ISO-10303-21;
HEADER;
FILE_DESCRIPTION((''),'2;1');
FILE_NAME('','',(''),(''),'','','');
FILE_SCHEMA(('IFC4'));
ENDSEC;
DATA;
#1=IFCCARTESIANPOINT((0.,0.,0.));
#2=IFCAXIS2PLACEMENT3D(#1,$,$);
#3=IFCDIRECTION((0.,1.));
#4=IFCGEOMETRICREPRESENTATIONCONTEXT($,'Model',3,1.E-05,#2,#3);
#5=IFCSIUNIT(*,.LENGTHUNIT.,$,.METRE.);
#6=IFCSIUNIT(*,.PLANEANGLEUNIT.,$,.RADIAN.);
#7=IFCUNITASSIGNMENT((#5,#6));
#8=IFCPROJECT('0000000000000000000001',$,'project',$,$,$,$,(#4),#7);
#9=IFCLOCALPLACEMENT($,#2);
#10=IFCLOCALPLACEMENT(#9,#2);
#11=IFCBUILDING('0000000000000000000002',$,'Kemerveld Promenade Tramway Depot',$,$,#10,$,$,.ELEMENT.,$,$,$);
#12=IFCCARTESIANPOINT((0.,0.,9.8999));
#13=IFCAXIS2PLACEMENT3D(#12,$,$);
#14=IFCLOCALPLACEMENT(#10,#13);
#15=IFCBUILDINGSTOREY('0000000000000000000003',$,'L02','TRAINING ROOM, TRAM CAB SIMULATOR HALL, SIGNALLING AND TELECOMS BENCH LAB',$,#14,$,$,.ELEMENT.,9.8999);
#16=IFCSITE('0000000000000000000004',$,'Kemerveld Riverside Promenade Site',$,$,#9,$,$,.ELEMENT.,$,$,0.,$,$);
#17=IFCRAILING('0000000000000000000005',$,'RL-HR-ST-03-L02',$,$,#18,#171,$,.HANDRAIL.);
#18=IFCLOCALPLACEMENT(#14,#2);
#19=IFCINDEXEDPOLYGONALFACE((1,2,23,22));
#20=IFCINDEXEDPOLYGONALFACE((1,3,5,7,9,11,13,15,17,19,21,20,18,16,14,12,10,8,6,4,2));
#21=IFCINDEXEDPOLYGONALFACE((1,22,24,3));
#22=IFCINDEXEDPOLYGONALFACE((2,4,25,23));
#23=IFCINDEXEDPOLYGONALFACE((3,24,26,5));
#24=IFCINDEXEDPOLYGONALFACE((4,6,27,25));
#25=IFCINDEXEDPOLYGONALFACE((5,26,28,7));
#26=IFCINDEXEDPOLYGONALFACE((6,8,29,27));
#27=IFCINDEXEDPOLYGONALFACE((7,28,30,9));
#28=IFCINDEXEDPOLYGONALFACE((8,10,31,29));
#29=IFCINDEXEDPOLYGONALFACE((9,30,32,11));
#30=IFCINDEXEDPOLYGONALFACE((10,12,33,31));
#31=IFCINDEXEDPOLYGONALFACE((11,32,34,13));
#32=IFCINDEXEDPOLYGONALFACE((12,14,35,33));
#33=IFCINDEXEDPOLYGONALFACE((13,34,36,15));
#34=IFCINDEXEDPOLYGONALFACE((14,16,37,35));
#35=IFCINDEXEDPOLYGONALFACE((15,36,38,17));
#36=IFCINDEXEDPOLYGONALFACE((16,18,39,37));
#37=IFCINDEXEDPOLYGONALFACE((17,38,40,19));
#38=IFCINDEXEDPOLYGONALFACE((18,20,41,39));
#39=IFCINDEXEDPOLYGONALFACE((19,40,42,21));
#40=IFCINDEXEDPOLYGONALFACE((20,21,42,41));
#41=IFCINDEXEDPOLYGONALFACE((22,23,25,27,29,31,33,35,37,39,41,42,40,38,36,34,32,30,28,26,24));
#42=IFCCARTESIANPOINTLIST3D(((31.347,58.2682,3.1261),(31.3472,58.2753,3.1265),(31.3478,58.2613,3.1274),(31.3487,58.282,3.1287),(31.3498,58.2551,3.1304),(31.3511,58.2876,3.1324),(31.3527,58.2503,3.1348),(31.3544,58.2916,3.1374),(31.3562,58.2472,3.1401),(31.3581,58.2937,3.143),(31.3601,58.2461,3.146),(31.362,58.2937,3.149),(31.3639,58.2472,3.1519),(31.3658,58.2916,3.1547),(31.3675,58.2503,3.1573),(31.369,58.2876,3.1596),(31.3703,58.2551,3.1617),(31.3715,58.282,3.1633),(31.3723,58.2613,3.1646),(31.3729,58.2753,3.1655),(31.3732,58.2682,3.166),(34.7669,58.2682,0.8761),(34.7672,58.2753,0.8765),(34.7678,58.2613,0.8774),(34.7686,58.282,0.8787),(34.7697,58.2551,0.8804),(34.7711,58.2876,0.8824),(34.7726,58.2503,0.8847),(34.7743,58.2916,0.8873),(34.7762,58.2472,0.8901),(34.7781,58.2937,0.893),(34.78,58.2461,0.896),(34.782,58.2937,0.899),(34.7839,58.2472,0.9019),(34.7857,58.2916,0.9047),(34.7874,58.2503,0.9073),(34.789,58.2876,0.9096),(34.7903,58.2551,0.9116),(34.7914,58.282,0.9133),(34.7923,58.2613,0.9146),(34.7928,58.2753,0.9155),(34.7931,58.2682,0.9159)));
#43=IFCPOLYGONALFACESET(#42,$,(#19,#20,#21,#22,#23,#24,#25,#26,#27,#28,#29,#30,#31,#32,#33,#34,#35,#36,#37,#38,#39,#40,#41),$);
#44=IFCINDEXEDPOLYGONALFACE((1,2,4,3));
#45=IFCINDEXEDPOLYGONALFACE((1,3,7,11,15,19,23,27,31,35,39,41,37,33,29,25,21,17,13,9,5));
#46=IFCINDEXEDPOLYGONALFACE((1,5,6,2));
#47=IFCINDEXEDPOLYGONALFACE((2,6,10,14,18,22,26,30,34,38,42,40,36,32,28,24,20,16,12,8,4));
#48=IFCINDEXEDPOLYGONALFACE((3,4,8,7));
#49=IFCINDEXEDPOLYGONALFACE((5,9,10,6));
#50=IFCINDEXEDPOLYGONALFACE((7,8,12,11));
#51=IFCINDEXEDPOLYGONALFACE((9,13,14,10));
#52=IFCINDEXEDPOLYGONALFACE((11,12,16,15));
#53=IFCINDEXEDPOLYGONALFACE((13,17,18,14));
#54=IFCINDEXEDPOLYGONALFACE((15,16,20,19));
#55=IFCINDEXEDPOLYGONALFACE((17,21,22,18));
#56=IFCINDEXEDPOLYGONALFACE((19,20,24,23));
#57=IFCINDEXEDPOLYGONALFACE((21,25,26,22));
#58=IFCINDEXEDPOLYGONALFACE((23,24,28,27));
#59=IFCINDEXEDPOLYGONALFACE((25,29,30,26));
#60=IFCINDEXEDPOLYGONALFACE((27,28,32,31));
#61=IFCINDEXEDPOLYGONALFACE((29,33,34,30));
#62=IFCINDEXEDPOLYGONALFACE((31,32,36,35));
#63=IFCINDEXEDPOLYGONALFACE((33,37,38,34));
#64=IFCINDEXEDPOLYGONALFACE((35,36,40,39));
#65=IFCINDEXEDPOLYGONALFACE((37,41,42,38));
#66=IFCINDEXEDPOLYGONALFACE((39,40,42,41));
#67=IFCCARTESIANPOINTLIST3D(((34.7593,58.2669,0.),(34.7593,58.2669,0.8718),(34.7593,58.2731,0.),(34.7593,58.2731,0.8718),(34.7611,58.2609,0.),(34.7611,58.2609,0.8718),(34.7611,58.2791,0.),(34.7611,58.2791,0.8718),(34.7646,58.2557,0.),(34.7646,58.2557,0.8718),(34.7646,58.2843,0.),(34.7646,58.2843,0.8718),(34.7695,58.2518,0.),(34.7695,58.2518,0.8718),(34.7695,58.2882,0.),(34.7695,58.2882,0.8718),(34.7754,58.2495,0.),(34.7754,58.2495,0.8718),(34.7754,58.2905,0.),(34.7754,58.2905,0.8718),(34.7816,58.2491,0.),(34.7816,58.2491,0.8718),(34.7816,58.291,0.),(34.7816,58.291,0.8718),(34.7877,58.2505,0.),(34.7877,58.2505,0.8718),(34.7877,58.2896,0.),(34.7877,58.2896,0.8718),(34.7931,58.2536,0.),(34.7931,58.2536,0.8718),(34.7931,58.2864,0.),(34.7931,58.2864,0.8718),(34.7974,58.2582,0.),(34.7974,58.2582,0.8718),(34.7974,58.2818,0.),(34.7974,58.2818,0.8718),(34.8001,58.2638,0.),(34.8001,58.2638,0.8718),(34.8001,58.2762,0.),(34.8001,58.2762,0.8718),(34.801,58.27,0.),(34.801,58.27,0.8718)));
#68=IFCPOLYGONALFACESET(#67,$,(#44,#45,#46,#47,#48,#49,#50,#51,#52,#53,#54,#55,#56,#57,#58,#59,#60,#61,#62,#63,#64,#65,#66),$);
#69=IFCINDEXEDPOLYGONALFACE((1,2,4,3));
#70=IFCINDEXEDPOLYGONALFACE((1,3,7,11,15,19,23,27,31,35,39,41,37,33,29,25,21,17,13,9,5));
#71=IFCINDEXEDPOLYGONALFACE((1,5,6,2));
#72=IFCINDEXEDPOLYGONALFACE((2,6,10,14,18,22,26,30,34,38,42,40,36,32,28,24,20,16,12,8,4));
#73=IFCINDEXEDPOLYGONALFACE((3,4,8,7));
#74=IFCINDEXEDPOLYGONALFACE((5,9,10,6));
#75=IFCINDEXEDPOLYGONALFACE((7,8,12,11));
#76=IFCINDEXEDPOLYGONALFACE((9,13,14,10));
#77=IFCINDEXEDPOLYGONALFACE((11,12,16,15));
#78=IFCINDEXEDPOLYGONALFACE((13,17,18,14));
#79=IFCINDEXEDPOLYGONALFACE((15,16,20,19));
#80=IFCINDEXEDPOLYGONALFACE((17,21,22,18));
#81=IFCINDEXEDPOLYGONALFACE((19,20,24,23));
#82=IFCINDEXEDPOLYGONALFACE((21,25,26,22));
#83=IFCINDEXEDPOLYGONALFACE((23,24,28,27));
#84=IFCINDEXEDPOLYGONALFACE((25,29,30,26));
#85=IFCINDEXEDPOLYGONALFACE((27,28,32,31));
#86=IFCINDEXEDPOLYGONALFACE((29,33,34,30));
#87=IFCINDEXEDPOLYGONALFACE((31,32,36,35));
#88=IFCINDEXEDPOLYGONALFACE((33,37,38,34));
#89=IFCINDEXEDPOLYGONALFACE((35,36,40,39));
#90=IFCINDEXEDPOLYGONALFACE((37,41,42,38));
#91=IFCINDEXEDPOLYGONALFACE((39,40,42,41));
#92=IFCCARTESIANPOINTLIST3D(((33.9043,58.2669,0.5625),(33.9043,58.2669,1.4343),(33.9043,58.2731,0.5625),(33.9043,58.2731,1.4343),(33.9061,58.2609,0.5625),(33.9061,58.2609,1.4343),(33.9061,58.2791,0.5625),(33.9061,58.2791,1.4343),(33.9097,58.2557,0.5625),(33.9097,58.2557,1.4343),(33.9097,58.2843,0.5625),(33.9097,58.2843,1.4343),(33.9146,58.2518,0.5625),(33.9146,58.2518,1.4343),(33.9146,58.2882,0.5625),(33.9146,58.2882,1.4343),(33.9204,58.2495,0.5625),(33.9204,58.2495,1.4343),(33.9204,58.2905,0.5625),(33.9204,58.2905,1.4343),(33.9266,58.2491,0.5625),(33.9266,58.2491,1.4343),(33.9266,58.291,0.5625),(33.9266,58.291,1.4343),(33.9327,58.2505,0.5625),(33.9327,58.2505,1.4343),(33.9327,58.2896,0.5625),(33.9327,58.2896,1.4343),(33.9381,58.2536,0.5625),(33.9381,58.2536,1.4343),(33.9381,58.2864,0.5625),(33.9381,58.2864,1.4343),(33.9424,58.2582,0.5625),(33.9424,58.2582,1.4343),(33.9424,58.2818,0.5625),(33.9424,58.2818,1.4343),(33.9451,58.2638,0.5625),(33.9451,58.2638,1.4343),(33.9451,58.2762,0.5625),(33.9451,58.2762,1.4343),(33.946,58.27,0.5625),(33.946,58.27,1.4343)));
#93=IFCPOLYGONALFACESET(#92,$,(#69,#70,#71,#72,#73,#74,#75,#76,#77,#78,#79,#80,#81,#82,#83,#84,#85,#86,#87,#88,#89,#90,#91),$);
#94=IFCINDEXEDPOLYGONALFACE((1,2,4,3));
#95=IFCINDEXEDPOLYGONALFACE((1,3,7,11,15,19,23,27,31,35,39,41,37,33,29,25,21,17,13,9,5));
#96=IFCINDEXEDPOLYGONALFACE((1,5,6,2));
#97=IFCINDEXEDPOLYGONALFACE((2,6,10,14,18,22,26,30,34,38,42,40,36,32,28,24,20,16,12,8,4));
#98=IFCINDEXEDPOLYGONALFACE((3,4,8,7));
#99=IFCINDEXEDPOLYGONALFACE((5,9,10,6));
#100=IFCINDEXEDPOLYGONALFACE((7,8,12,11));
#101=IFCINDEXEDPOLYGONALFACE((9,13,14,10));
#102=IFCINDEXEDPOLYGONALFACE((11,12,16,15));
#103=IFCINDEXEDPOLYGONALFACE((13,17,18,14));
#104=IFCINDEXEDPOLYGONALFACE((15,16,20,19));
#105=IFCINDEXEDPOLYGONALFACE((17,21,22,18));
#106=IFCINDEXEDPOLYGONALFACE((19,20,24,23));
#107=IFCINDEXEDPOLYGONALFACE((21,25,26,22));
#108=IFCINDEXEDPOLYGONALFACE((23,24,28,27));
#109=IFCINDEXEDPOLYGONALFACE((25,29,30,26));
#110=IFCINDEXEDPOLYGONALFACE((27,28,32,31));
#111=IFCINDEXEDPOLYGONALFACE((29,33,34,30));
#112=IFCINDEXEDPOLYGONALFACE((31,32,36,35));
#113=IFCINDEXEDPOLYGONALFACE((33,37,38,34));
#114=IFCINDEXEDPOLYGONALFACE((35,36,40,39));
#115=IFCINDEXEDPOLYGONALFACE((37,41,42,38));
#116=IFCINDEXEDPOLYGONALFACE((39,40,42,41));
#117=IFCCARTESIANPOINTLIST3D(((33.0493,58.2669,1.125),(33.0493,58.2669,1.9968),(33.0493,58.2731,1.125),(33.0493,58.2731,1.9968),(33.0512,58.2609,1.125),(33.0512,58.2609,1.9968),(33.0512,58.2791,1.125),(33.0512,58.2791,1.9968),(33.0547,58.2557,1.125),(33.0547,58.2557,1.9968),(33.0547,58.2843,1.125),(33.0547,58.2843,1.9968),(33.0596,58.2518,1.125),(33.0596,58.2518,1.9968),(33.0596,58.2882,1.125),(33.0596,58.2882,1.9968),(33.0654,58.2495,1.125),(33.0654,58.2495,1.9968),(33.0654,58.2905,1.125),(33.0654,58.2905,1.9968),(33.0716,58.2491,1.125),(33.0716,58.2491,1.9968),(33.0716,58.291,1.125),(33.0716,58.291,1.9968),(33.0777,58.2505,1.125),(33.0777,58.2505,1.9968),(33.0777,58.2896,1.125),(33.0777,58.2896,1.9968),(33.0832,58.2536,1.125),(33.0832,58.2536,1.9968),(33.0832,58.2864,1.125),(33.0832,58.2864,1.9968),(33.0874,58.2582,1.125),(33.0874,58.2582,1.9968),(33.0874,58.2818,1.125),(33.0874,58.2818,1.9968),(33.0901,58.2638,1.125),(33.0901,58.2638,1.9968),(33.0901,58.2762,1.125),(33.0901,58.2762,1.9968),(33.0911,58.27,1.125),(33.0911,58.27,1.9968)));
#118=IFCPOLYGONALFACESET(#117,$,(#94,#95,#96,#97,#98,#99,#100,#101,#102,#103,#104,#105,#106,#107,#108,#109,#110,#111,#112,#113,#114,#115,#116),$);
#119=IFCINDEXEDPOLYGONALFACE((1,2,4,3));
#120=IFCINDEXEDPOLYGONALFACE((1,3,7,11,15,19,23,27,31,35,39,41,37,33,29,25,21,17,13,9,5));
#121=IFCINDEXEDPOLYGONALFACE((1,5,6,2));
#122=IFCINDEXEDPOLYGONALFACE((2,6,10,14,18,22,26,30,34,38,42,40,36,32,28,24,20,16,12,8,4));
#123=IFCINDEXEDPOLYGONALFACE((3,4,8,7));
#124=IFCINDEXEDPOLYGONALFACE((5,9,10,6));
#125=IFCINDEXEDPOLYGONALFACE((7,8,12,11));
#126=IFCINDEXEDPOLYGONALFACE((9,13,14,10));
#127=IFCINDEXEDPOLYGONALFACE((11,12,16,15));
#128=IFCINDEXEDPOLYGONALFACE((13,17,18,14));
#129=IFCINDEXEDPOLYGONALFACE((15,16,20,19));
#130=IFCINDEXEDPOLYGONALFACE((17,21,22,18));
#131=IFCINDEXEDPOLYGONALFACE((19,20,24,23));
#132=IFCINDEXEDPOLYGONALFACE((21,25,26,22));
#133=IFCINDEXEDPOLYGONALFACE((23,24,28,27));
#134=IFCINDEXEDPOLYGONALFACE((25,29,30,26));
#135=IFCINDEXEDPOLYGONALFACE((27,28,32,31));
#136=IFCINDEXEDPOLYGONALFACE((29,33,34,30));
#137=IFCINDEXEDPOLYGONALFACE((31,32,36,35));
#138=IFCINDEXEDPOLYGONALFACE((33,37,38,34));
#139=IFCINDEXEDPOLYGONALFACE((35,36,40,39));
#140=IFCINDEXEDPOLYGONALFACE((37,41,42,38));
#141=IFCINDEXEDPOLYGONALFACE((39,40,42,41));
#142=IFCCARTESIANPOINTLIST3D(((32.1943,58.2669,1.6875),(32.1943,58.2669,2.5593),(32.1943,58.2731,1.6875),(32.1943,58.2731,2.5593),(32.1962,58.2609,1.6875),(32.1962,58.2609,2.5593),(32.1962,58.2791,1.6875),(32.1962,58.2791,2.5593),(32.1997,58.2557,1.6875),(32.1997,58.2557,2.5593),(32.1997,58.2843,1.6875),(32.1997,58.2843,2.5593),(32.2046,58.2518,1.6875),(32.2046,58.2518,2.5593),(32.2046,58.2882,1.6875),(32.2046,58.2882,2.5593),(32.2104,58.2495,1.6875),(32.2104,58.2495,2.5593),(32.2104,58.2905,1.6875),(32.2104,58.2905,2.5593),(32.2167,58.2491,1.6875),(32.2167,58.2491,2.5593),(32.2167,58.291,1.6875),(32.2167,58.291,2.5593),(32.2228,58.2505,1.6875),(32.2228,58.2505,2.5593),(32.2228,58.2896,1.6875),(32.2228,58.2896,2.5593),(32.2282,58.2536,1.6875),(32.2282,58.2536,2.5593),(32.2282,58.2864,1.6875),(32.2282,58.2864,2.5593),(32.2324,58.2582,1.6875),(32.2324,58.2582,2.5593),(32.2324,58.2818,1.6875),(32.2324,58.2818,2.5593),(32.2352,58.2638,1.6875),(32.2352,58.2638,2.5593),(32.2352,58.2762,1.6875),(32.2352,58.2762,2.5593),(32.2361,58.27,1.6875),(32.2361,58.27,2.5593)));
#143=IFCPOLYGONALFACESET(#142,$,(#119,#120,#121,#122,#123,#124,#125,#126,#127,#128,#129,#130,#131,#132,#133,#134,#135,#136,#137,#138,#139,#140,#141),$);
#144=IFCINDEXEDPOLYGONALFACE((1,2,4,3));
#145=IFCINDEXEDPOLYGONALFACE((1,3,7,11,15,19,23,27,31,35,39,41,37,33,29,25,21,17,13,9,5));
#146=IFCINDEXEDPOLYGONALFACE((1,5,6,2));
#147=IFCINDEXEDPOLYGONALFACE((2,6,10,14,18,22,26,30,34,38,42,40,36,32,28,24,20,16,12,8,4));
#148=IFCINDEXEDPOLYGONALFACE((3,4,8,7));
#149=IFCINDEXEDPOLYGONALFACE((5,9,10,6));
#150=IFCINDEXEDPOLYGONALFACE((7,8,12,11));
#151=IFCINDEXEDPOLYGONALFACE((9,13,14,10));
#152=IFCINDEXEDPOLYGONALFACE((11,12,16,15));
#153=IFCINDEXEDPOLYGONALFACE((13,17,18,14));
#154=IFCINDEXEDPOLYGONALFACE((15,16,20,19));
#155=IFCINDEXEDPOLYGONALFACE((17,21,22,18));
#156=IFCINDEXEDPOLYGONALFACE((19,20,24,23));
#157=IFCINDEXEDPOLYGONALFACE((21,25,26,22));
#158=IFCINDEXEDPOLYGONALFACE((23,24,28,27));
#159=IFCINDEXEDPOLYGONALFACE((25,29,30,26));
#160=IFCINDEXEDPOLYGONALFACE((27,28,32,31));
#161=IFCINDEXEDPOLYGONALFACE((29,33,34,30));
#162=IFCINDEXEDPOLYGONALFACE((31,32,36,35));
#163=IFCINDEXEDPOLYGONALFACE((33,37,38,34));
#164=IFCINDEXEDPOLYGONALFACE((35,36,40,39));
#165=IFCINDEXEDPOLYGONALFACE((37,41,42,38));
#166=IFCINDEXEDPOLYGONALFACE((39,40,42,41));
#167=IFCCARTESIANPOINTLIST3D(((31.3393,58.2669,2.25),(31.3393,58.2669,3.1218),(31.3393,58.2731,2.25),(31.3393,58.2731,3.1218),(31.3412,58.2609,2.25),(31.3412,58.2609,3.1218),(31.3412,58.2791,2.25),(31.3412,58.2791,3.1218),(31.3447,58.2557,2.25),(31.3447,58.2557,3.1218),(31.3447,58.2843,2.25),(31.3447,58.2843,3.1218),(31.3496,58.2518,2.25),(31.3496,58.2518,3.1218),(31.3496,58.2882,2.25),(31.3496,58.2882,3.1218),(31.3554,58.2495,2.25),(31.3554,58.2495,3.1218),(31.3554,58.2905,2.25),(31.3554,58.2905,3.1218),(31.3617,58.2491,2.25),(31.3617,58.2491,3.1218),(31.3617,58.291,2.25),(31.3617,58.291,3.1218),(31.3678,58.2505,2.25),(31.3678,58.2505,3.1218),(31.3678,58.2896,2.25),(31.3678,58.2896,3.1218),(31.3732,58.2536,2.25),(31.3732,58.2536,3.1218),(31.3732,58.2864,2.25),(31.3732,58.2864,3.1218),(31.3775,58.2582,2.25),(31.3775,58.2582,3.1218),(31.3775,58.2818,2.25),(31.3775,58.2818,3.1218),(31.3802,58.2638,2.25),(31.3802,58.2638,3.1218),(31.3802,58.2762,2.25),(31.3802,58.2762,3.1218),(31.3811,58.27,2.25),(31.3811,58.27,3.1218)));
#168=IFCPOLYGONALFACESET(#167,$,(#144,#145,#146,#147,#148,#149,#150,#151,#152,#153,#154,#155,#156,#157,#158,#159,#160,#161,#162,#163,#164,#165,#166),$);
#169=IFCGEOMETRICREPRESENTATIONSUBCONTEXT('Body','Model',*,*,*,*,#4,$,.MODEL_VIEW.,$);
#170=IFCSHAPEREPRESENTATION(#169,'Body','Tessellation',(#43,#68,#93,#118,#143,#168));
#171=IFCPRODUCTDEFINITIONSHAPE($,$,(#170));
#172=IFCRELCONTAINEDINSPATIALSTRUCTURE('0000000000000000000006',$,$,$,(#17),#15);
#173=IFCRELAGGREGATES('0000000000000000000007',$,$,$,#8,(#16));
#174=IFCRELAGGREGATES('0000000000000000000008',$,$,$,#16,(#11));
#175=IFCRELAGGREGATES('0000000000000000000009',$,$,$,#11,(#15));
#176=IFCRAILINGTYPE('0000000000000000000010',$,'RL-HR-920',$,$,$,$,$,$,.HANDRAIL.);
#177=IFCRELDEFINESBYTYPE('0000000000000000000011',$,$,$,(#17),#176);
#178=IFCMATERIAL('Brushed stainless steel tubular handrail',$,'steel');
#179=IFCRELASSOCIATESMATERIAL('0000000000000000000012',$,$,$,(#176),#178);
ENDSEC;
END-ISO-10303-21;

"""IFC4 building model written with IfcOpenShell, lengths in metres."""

from ifc_helpers import new_model, si_unit, direction, frame, origin, origin_2d, place, context, subcontext, project, spatial, circle, extrude, material, type_object, element, save


model = new_model("IFC4")

# Units and contexts
model_context = context("Model", 3, precision=1e-05, world=origin(), true_north=direction((0.0, 1.0)))
body_context = subcontext(model_context, "Body", "Model", "MODEL_VIEW")
ifc_project = project(units=[si_unit("LENGTHUNIT", "METRE"), si_unit("PLANEANGLEUNIT", "RADIAN")], contexts=[model_context])

# Site, building, storey
site_placement = place(None, origin())
site = spatial("IfcSite", under=ifc_project, at=site_placement, Name="Kemerveld Riverside Promenade Site", CompositionType="ELEMENT", RefElevation=0.0)
building_placement = place(site_placement, origin())
building = spatial("IfcBuilding", under=site, at=building_placement, Name="Kemerveld Promenade Tramway Depot", CompositionType="ELEMENT")
storey_placement = place(building_placement, frame((0.0, 0.0, 9.8999)))
storey = spatial("IfcBuildingStorey", under=building, at=storey_placement, Name="L02", Description="TRAINING ROOM, TRAM CAB SIMULATOR HALL, SIGNALLING AND TELECOMS BENCH LAB", CompositionType="ELEMENT", Elevation=9.8999)

# Railing
ifc_material_1 = material(Name="Brushed stainless steel tubular handrail", Category="steel")
railing_type_1 = type_object("IfcRailingType", Name="RL-HR-920", PredefinedType="HANDRAIL", material=ifc_material_1)
railing_1_placement = place(storey_placement, frame((34.78, 58.27, 0.0)))
element("IfcRailing", 1, at=railing_1_placement, inside=storey, type_object=railing_type_1, Name="RL-HR-ST-03-L02", PredefinedType="HANDRAIL", context=body_context, shape_type="SweptSolid", body=[
    extrude(circle(Radius=0.0239, at=origin_2d()), frame((0.0, 0.0, 0.896), z_axis=(-0.835411, 0.0, 0.549625), x_axis=(0.0, -1.0, 0.0)), (0.0, 0.0, 1.0), 4.0938),
    extrude(circle(Radius=0.021, at=origin_2d()), origin(), (0.0, 0.0, 1.0), 0.8718),
    extrude(circle(Radius=0.021, at=origin_2d()), frame((-0.855, 0.0, 0.5625)), (0.0, 0.0, 1.0), 0.8718),
    extrude(circle(Radius=0.021, at=origin_2d()), frame((-1.71, 0.0, 1.125)), (0.0, 0.0, 1.0), 0.8718),
    extrude(circle(Radius=0.021, at=origin_2d()), frame((-2.5649, 0.0, 1.6875)), (0.0, 0.0, 1.0), 0.8718),
    extrude(circle(Radius=0.021, at=origin_2d()), frame((-3.4199, 0.0, 2.25)), (0.0, 0.0, 1.0), 0.8718),
])

save(model, "model.ifc")
